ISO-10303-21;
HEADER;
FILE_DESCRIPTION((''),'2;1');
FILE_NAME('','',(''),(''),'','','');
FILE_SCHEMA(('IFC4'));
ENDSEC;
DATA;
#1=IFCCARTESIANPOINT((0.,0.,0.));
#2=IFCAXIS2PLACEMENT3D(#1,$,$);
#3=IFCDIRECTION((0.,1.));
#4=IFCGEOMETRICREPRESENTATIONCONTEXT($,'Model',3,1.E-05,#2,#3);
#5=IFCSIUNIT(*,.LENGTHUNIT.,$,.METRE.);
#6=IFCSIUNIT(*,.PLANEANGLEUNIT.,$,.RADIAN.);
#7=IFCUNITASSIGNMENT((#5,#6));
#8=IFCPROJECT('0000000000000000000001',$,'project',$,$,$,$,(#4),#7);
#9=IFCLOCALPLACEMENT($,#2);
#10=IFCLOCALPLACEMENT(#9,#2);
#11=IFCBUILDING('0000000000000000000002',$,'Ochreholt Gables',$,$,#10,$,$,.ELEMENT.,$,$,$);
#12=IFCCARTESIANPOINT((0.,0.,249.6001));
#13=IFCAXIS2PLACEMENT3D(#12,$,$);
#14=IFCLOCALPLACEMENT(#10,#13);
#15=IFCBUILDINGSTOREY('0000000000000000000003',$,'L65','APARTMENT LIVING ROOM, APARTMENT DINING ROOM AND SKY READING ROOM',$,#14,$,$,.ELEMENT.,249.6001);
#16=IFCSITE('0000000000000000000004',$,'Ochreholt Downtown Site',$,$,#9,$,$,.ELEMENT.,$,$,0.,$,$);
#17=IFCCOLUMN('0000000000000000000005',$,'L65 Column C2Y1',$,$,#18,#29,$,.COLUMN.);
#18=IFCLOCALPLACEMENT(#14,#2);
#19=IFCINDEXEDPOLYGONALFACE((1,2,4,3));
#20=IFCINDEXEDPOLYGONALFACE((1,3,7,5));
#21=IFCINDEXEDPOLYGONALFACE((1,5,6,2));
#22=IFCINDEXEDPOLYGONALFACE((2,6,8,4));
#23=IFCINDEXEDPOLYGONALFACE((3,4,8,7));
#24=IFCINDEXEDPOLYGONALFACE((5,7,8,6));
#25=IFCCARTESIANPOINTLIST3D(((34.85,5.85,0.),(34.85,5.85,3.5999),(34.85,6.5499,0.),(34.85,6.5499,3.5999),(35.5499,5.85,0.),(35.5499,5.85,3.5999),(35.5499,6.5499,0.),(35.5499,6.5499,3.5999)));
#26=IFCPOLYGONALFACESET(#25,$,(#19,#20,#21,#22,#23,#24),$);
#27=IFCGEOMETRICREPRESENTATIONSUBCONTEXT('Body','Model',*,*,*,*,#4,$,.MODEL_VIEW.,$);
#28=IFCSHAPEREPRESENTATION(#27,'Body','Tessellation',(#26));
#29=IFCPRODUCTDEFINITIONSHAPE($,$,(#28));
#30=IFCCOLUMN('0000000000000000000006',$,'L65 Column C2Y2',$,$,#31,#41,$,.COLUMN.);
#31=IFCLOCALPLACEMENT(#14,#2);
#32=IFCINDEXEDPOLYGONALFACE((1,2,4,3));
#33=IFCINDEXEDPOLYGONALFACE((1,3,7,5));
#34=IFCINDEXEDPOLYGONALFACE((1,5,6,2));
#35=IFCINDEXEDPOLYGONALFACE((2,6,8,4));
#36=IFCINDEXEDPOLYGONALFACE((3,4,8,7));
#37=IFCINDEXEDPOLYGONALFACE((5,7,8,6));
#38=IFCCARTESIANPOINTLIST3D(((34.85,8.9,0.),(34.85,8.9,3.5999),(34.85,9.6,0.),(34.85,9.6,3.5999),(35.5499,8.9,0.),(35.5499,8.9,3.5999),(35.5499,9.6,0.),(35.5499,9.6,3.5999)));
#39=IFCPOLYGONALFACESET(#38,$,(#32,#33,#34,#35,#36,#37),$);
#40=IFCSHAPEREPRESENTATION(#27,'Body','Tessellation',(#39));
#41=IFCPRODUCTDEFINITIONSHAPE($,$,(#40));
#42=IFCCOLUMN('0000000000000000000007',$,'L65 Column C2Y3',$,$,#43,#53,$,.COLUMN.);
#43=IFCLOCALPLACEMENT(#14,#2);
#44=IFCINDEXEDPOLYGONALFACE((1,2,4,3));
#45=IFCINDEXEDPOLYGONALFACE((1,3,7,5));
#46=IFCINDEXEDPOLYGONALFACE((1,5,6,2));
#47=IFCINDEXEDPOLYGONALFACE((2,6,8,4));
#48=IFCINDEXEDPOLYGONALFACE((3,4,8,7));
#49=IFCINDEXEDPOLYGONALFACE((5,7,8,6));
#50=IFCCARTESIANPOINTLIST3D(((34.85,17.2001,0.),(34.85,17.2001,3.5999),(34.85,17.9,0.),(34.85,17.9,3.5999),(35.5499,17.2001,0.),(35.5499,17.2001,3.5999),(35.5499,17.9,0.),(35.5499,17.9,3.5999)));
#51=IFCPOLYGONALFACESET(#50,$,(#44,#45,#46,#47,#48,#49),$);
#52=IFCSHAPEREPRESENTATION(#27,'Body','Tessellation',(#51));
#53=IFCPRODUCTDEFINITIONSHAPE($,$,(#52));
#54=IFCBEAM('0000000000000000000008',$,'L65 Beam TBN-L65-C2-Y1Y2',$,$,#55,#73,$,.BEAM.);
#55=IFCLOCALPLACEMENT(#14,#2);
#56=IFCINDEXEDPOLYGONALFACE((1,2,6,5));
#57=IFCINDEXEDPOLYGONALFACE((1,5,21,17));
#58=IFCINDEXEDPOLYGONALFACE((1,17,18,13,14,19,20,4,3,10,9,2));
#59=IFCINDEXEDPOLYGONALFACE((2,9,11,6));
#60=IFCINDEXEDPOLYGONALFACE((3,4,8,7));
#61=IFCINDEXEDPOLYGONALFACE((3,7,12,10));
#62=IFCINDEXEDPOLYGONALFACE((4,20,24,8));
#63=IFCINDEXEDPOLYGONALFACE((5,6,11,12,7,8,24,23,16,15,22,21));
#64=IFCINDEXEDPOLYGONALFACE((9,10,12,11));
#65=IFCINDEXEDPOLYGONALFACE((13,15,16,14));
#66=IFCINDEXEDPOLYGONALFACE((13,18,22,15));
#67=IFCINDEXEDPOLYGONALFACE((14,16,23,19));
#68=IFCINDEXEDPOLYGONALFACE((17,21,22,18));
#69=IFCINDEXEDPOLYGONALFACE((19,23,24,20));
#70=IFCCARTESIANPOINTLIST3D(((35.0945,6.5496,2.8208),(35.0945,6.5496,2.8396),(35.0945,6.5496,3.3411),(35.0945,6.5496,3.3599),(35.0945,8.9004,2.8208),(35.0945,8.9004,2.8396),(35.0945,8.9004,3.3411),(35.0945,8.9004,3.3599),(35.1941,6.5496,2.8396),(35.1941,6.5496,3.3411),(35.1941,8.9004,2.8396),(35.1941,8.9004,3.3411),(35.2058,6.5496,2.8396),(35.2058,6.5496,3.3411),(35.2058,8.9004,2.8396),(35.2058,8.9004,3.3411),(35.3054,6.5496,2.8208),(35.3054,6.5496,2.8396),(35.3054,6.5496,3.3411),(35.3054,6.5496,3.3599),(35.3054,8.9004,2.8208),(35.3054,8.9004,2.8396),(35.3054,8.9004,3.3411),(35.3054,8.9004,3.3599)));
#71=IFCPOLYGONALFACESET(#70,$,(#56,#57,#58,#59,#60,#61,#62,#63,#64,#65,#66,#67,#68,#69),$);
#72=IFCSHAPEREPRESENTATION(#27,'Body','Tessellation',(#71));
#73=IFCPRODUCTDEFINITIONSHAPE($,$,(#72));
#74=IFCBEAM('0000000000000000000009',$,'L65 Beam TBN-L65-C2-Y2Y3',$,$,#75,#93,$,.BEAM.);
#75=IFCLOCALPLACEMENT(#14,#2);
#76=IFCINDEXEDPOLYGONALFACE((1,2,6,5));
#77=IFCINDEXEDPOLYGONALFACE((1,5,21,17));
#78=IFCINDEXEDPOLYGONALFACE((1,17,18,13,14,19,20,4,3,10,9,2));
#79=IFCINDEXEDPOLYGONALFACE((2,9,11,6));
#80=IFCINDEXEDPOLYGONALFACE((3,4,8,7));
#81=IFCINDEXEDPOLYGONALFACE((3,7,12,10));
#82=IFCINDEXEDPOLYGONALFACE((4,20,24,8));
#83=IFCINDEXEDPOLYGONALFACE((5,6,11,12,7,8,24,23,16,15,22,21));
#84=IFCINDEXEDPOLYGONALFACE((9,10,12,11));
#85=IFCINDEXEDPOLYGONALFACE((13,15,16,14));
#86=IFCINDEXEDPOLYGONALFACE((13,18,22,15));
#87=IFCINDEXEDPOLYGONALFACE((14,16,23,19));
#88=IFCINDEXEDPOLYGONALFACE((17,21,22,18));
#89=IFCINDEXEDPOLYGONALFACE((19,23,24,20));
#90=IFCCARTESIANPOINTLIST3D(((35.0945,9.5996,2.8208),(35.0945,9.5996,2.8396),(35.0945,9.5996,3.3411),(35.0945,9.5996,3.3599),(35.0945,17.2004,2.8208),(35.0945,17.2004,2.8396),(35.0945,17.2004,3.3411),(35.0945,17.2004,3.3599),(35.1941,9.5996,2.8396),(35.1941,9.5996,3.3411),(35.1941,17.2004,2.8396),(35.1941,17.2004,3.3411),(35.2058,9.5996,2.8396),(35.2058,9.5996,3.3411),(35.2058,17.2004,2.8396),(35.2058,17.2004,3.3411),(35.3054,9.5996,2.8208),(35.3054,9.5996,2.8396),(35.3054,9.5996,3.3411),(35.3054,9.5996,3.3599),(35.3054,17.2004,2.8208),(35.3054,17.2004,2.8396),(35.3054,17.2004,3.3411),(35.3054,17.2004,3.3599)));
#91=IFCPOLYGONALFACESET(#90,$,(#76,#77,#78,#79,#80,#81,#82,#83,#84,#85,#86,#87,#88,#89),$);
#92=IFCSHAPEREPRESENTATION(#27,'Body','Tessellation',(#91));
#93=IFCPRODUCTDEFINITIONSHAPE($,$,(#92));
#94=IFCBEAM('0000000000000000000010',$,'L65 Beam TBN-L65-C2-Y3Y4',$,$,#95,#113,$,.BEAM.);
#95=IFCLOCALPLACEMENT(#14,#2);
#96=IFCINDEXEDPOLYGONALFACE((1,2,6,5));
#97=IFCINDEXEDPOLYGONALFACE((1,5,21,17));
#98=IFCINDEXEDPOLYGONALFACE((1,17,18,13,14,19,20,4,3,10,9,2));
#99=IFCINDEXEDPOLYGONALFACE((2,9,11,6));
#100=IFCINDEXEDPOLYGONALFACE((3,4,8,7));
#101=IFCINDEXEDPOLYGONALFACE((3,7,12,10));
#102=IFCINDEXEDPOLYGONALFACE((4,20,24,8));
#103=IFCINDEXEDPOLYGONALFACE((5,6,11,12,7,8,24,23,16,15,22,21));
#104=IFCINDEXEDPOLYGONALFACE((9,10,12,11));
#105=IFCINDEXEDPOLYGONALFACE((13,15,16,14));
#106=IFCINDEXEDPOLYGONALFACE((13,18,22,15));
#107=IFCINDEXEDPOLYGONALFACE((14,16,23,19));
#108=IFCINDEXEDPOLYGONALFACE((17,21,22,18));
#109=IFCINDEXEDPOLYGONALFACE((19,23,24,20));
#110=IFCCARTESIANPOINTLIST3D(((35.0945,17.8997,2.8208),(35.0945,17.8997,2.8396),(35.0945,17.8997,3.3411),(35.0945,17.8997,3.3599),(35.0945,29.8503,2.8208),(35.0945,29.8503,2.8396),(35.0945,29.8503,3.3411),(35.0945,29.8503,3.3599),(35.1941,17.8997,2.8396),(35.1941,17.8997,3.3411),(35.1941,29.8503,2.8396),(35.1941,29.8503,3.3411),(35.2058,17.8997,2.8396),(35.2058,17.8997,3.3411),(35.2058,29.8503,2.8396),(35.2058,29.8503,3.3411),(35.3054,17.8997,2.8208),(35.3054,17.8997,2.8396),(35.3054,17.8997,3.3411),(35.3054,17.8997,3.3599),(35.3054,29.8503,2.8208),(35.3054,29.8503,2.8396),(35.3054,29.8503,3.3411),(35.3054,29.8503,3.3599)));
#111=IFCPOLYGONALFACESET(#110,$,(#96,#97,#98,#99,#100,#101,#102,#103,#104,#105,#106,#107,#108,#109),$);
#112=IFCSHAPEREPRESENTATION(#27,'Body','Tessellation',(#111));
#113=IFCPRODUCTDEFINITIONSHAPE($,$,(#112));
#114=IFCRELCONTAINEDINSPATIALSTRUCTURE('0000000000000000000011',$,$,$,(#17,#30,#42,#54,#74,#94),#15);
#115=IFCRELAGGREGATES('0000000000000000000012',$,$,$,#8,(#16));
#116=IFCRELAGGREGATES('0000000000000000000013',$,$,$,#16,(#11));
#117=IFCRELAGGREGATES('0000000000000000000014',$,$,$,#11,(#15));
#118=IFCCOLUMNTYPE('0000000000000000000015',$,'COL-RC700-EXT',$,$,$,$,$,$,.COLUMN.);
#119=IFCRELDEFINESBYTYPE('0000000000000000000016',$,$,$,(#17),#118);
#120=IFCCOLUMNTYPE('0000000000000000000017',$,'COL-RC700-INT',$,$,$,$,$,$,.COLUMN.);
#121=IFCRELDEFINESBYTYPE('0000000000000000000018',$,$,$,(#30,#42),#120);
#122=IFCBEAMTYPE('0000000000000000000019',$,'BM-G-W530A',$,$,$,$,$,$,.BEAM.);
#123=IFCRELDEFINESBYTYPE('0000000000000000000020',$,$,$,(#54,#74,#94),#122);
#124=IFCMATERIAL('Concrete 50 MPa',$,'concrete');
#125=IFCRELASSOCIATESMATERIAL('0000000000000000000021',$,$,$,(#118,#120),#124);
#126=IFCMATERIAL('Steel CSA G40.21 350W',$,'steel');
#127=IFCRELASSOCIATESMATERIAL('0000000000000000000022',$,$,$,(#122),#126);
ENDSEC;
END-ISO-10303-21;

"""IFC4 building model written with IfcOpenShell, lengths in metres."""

from ifc_helpers import new_model, si_unit, direction, frame, origin, origin_2d, place, context, subcontext, project, spatial, rectangle, i_section, extrude, material, material_profile, profile_set, type_object, element, save


model = new_model("IFC4")

# Units and contexts
model_context = context("Model", 3, precision=1e-05, world=origin(), true_north=direction((0.0, 1.0)))
body_context = subcontext(model_context, "Body", "Model", "MODEL_VIEW")
ifc_project = project(units=[si_unit("LENGTHUNIT", "METRE"), si_unit("PLANEANGLEUNIT", "RADIAN")], contexts=[model_context])

# Site, building, storey
site_placement = place(None, origin())
site = spatial("IfcSite", under=ifc_project, at=site_placement, Name="Ochreholt Downtown Site", CompositionType="ELEMENT", RefElevation=0.0)
building_placement = place(site_placement, origin())
building = spatial("IfcBuilding", under=site, at=building_placement, Name="Ochreholt Gables", CompositionType="ELEMENT")
storey_placement = place(building_placement, frame((0.0, 0.0, 249.6001)))
storey = spatial("IfcBuildingStorey", under=building, at=storey_placement, Name="L65", Description="APARTMENT LIVING ROOM, APARTMENT DINING ROOM AND SKY READING ROOM", CompositionType="ELEMENT", Elevation=249.6001)

# Columns
ifc_material_1 = material(Name="Concrete 50 MPa", Category="concrete")
ifc_material_profile_1 = material_profile(ifc_material_1, rectangle(XDim=0.7, YDim=0.7, at=origin_2d()), Name="RC700X700")
ifc_profile_set_1 = profile_set([ifc_material_profile_1], Name="Concrete 50 MPa")
column_type_1 = type_object("IfcColumnType", Name="COL-RC700-EXT", PredefinedType="COLUMN", material=ifc_profile_set_1)
column_placement = place(storey_placement, frame((35.2, 6.2, 0.0), z_axis=(0.0, 0.0, 1.0), x_axis=(1.0, 0.0, 0.0)))
element("IfcColumn", 1, at=column_placement, inside=storey, type_object=column_type_1, Name="L65 Column C2Y1", PredefinedType="COLUMN", context=body_context, shape_type="SweptSolid", body=[
    extrude(rectangle(XDim=0.7, YDim=0.7, at=origin_2d()), origin(), (0.0, 0.0, 1.0), 3.5999),
])
ifc_material_profile_2 = material_profile(ifc_material_1, rectangle(XDim=0.7, YDim=0.7, at=origin_2d()), Name="RC700X700")
ifc_profile_set_2 = profile_set([ifc_material_profile_2], Name="Concrete 50 MPa")
column_type_2 = type_object("IfcColumnType", Name="COL-RC700-INT", PredefinedType="COLUMN", material=ifc_profile_set_2)
for number, where, z_axis, x_axis, name in (
    (2, (35.2, 9.25, 0.0), (0.0, 0.0, 1.0), (1.0, 0.0, 0.0), "L65 Column C2Y2"),
    (3, (35.2, 17.55, 0.0), (0.0, 0.0, 1.0), (1.0, 0.0, 0.0), "L65 Column C2Y3"),
):
    element("IfcColumn", number, at=place(storey_placement, frame(where, z_axis=z_axis, x_axis=x_axis)), inside=storey, type_object=column_type_2, Name=name, PredefinedType="COLUMN", context=body_context, shape_type="SweptSolid", body=[
        extrude(rectangle(XDim=0.7, YDim=0.7, at=origin_2d()), origin(), (0.0, 0.0, 1.0), 3.5999),
    ])

# Beams
ifc_material_2 = material(Name="Steel CSA G40.21 350W", Category="steel")
ifc_material_profile_3 = material_profile(ifc_material_2, i_section(OverallWidth=0.2109, OverallDepth=0.5391, WebThickness=0.0117, FlangeThickness=0.0188, at=origin_2d()), Name="W530X109")
ifc_profile_set_3 = profile_set([ifc_material_profile_3], Name="Steel CSA G40.21 350W")
beam_type = type_object("IfcBeamType", Name="BM-G-W530A", PredefinedType="BEAM", material=ifc_profile_set_3)
beam_1_placement = place(storey_placement, frame((35.2, 6.5496, 3.0903), z_axis=(0.0, 1.0, 0.0), x_axis=(-1.0, 0.0, 0.0)))
element("IfcBeam", 4, at=beam_1_placement, inside=storey, type_object=beam_type, Name="L65 Beam TBN-L65-C2-Y1Y2", PredefinedType="BEAM", context=body_context, shape_type="SweptSolid", body=[
    extrude(i_section(OverallWidth=0.2109, OverallDepth=0.5391, WebThickness=0.0117, FlangeThickness=0.0188, at=origin_2d()), origin(), (0.0, 0.0, 1.0), 2.3508),
])
beam_2_placement = place(storey_placement, frame((35.2, 9.5996, 3.0903), z_axis=(0.0, 1.0, 0.0), x_axis=(-1.0, 0.0, 0.0)))
element("IfcBeam", 5, at=beam_2_placement, inside=storey, type_object=beam_type, Name="L65 Beam TBN-L65-C2-Y2Y3", PredefinedType="BEAM", context=body_context, shape_type="SweptSolid", body=[
    extrude(i_section(OverallWidth=0.2109, OverallDepth=0.5391, WebThickness=0.0117, FlangeThickness=0.0188, at=origin_2d()), origin(), (0.0, 0.0, 1.0), 7.6008),
])
beam_3_placement = place(storey_placement, frame((35.2, 17.8997, 3.0903), z_axis=(0.0, 1.0, 0.0), x_axis=(-1.0, 0.0, 0.0)))
element("IfcBeam", 6, at=beam_3_placement, inside=storey, type_object=beam_type, Name="L65 Beam TBN-L65-C2-Y3Y4", PredefinedType="BEAM", context=body_context, shape_type="SweptSolid", body=[
    extrude(i_section(OverallWidth=0.2109, OverallDepth=0.5391, WebThickness=0.0117, FlangeThickness=0.0188, at=origin_2d()), origin(), (0.0, 0.0, 1.0), 11.9507),
])

save(model, "model.ifc")
